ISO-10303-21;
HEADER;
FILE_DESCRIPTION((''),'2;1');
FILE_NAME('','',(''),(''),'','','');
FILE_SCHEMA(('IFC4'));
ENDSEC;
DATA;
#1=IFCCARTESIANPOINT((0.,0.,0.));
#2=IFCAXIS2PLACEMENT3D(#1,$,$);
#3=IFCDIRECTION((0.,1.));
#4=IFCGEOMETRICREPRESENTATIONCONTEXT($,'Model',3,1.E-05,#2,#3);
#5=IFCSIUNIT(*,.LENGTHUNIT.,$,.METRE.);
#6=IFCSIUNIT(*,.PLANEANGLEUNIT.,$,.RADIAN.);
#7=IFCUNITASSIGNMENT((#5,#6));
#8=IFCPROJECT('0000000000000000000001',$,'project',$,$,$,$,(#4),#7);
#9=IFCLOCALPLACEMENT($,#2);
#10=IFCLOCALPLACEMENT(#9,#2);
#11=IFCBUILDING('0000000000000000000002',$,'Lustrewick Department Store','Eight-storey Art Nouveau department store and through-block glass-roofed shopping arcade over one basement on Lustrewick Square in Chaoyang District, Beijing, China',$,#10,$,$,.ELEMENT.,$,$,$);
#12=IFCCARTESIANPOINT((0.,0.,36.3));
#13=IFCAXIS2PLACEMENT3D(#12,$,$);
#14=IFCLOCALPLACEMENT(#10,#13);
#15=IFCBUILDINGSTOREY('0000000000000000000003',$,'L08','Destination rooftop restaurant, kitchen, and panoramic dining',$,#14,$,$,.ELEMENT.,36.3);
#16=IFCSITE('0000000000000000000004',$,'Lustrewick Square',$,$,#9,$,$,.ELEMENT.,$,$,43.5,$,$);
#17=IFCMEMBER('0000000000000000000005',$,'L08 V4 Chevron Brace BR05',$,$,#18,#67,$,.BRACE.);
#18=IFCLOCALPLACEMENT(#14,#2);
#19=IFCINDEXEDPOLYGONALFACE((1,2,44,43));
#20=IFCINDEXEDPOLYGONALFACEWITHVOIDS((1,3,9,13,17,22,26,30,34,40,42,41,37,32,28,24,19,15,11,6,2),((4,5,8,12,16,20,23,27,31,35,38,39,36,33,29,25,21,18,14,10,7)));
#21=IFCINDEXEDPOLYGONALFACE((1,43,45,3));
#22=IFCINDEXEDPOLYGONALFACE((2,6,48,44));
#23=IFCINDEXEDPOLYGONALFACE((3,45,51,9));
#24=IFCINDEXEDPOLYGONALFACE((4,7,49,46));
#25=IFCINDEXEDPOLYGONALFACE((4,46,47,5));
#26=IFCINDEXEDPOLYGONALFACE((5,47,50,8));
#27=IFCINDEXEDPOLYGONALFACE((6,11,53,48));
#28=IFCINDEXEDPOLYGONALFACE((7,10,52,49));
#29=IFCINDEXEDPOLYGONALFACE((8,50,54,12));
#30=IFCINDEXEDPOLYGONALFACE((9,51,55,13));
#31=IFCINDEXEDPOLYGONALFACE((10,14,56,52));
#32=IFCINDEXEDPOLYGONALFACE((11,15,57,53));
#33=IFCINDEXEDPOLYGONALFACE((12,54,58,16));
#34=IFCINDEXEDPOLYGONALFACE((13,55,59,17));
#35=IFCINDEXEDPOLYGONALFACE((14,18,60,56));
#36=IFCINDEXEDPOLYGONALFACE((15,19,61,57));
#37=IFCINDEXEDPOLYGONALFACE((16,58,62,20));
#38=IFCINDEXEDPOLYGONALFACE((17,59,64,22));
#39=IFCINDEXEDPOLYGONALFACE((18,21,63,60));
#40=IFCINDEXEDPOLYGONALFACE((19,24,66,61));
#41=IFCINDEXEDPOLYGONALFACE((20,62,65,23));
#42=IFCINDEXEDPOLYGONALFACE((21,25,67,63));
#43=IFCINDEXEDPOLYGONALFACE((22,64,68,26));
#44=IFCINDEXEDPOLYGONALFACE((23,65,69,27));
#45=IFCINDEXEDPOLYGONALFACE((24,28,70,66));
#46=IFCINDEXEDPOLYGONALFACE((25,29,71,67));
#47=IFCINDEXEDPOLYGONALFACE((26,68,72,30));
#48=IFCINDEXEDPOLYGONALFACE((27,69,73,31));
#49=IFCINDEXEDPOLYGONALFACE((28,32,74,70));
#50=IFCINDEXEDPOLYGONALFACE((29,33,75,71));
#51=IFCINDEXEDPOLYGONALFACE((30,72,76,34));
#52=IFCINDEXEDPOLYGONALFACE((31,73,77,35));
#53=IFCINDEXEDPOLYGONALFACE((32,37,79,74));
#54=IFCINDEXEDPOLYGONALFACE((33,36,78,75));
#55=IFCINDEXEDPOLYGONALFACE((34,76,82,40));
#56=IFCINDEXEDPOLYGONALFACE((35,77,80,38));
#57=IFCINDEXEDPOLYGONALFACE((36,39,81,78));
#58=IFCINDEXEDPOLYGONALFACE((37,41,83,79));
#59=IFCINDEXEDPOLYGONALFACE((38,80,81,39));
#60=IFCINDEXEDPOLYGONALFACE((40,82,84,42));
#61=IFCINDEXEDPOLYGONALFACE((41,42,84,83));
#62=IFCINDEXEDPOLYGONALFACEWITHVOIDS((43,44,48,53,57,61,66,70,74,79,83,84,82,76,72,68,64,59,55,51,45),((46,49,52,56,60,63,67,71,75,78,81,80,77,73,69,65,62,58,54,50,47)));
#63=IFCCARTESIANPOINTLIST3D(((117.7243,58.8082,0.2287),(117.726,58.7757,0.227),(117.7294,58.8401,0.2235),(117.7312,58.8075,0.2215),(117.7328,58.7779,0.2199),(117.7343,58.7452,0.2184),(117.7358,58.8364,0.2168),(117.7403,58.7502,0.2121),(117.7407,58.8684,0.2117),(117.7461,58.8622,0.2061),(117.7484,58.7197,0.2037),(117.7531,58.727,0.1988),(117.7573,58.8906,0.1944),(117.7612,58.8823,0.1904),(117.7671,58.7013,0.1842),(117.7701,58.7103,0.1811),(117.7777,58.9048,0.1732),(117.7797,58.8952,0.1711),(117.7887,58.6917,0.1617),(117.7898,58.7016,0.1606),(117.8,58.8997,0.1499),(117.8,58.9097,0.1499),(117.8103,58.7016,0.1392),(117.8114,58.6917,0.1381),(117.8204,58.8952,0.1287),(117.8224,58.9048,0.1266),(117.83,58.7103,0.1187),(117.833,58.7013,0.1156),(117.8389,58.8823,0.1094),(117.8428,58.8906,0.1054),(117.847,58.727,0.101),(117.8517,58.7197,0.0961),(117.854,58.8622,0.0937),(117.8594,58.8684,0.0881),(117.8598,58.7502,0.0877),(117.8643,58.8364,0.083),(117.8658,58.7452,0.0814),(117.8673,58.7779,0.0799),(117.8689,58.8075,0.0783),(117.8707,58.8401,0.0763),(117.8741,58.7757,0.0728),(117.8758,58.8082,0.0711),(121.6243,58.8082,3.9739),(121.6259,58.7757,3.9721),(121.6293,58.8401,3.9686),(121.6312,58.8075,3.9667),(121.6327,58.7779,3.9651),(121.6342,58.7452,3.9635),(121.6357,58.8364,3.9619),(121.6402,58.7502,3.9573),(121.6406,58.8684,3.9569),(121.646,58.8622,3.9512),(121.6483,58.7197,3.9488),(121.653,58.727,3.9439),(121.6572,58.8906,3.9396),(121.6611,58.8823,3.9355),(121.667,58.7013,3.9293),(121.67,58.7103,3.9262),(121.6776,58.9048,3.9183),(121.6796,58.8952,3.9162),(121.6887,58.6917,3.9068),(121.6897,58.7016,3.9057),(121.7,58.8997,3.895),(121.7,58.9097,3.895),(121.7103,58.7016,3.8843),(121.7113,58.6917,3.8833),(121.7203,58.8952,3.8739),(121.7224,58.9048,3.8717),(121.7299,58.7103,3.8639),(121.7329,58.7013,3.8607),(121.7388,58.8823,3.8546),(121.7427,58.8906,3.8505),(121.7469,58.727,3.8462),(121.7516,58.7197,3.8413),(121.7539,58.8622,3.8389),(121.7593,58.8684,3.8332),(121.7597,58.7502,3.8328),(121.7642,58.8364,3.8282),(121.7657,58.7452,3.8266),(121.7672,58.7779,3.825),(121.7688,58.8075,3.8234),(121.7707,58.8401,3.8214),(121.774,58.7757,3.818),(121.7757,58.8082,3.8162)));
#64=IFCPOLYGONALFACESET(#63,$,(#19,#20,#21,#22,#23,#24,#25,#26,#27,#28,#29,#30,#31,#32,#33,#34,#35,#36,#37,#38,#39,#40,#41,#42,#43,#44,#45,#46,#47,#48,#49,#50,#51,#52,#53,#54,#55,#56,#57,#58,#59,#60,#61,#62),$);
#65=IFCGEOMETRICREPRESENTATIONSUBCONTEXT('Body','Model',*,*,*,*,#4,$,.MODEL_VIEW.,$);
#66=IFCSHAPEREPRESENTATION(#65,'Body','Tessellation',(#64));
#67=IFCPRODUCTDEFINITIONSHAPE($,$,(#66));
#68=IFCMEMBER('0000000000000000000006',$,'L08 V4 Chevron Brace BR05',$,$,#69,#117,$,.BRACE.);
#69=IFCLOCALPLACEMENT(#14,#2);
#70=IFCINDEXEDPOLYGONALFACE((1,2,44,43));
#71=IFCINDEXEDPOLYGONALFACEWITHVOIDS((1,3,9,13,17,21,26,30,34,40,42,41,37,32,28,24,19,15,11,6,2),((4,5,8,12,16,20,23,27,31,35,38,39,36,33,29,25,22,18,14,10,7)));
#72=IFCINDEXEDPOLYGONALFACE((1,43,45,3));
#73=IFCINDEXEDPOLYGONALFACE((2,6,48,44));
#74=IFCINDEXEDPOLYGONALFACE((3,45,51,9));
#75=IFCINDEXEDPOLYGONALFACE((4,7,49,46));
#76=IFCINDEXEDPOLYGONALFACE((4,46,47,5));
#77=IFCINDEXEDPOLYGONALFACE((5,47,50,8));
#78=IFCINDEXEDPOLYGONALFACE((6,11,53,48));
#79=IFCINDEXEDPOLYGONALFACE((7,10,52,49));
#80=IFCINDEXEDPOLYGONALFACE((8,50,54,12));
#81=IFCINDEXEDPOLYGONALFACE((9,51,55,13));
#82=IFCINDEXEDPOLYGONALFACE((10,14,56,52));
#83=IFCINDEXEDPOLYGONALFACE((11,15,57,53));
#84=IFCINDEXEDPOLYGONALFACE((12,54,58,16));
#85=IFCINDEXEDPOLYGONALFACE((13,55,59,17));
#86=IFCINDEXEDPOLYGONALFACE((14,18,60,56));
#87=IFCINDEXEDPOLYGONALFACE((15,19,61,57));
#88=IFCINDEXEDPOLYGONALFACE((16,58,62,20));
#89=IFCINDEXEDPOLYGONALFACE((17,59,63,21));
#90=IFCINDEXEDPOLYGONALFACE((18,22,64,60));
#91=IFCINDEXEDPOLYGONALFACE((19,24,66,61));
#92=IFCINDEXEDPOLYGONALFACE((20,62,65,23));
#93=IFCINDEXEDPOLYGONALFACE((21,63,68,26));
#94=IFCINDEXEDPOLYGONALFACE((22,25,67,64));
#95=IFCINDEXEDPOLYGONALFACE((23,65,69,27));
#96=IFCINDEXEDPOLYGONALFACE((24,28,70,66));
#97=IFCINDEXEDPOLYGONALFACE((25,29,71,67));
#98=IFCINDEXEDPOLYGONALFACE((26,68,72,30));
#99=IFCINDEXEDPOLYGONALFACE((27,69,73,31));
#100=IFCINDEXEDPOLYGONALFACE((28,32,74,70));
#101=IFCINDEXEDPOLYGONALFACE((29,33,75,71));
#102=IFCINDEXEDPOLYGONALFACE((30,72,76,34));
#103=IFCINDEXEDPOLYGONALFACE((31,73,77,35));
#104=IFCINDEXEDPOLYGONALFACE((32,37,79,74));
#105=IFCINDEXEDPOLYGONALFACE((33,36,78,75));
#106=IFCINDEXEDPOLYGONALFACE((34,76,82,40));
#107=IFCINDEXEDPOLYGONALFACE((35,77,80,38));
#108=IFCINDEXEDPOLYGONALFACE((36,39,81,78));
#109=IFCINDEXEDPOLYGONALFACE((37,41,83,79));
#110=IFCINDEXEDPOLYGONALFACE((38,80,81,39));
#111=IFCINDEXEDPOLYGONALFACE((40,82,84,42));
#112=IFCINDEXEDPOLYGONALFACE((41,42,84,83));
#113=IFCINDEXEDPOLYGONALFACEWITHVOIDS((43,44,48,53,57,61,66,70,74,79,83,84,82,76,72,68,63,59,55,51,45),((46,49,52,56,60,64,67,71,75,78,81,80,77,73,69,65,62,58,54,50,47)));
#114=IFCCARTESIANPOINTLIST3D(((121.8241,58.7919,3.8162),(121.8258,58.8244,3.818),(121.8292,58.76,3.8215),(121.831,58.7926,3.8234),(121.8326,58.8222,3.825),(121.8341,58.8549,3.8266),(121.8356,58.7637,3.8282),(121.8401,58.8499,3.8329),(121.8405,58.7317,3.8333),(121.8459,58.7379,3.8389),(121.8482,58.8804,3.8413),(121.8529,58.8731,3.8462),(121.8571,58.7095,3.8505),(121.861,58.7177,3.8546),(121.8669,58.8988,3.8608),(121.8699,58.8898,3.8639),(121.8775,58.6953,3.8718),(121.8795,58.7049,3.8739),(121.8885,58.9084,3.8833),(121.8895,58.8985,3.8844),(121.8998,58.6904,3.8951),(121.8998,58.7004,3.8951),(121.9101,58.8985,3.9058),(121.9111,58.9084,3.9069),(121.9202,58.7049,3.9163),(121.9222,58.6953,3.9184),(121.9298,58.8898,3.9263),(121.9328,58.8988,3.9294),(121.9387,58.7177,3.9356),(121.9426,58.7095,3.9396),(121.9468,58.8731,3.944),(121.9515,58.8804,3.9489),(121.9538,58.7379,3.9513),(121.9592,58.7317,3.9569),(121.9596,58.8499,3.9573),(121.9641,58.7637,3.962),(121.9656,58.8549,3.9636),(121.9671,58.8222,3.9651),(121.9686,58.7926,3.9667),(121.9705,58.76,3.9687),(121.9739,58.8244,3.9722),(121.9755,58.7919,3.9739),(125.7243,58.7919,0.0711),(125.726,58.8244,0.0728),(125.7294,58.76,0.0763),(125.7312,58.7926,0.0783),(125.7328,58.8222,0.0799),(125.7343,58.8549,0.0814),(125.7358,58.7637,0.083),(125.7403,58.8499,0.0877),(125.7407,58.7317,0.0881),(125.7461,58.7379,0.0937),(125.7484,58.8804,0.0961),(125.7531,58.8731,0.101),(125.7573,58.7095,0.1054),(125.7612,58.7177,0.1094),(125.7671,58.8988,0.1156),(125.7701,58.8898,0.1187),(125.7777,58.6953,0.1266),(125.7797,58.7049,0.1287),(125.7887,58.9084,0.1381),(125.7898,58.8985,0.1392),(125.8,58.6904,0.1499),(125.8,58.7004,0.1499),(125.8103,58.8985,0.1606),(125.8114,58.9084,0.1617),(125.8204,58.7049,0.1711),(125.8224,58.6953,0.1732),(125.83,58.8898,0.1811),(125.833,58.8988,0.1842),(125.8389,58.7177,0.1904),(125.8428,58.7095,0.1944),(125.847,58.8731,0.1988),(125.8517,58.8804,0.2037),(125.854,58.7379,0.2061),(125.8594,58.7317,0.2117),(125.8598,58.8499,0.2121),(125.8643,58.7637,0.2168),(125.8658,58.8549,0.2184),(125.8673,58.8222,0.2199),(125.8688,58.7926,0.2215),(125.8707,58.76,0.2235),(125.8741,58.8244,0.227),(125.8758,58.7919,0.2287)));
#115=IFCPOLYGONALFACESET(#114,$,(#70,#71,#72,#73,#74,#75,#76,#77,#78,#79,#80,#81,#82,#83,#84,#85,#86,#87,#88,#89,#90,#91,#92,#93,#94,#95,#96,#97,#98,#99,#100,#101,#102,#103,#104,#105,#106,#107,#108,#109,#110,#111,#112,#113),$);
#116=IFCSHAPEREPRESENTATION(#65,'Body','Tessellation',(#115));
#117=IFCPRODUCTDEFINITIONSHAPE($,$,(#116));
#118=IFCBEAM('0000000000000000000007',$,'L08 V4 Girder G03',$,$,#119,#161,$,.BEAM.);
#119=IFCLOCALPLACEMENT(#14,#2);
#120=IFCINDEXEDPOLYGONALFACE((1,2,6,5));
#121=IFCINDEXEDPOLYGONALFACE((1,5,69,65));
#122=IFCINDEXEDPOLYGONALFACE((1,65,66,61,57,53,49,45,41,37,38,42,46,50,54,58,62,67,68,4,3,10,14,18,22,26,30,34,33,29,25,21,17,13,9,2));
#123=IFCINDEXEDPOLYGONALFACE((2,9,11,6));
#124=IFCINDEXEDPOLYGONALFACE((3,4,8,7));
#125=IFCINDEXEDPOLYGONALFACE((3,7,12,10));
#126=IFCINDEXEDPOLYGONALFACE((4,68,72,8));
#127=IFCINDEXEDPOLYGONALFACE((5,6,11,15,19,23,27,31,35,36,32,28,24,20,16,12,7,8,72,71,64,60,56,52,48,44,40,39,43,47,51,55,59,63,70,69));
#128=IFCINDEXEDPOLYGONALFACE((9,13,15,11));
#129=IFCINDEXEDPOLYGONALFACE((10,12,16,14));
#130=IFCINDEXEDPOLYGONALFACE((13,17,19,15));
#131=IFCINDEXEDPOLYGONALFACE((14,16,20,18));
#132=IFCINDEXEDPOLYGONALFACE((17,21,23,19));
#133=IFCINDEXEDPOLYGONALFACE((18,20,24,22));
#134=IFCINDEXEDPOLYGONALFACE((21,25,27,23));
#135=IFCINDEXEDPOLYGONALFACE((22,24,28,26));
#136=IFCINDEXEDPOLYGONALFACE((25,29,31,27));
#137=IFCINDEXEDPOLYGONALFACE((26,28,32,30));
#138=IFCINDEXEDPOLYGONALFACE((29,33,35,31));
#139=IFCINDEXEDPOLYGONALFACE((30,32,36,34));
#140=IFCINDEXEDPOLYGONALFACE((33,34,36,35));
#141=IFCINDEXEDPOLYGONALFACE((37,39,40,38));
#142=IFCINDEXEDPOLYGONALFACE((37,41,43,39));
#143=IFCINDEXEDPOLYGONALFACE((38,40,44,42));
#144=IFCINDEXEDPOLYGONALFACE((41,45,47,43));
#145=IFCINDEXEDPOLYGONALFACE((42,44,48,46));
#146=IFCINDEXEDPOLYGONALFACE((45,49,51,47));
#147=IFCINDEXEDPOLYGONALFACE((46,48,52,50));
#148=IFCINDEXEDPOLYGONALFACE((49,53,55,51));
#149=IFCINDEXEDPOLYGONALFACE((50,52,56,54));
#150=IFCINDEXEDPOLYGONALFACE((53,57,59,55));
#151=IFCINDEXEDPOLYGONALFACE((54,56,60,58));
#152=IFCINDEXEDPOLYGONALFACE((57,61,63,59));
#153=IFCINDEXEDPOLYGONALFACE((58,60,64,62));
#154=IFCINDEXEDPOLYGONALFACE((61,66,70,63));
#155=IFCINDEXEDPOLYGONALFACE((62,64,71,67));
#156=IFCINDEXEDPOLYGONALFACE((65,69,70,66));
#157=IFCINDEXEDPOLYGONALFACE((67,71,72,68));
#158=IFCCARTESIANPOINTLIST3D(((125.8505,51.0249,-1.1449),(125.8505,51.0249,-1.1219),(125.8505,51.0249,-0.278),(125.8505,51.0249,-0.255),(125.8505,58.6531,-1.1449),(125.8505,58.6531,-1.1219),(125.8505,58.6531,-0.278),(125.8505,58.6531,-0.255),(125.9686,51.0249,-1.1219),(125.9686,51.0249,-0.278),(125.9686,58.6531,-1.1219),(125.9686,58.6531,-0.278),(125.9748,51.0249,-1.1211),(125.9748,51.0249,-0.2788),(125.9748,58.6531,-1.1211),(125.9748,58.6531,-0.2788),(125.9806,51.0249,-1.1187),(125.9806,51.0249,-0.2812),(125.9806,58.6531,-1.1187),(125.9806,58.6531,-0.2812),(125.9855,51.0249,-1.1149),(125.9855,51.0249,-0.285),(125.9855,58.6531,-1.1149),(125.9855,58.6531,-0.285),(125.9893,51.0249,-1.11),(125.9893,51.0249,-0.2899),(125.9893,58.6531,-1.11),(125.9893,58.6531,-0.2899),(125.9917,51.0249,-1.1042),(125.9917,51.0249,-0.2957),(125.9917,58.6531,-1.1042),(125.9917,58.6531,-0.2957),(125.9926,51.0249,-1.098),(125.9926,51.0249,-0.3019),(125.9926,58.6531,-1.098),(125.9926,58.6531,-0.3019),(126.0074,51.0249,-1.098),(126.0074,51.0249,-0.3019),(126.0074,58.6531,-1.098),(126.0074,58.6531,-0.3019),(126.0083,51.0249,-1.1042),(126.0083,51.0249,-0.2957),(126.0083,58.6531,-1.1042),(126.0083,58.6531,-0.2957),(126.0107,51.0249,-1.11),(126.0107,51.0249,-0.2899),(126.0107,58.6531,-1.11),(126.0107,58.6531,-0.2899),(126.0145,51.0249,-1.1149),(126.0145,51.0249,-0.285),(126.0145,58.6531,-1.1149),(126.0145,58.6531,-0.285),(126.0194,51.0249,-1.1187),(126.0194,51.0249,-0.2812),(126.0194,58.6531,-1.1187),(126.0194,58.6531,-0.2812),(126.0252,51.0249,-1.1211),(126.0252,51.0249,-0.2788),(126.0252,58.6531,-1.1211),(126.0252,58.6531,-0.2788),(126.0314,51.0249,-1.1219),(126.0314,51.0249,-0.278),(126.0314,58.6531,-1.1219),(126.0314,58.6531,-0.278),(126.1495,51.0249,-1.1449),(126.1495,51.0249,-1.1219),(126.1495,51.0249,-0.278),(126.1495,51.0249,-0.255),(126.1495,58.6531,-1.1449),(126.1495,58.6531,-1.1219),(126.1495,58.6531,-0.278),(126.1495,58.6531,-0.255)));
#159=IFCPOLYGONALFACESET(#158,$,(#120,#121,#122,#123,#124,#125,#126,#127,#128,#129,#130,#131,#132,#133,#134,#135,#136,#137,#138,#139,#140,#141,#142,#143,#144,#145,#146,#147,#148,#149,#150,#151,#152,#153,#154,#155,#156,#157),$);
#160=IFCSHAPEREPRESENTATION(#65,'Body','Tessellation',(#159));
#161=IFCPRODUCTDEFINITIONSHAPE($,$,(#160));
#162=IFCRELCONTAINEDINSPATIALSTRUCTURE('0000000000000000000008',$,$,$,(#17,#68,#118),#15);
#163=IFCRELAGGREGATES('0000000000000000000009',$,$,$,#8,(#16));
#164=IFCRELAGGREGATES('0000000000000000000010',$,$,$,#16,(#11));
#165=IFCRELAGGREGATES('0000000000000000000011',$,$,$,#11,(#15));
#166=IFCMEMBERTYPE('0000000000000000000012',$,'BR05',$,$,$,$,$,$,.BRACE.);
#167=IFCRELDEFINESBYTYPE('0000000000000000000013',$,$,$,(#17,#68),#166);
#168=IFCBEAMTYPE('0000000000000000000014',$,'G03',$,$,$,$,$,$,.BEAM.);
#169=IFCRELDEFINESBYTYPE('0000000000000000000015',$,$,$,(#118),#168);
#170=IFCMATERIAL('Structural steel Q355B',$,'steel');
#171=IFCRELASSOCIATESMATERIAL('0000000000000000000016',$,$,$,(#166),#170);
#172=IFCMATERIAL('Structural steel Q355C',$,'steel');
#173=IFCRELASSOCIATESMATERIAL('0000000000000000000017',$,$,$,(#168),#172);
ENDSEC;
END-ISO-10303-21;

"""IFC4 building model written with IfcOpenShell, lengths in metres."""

from ifc_helpers import new_model, si_unit, direction, frame, origin, origin_2d, place, context, subcontext, project, spatial, hollow_circle, i_section, extrude, material, material_profile, profile_set, type_object, element, save


model = new_model("IFC4")

# Units and contexts
model_context = context("Model", 3, precision=1e-05, world=origin(), true_north=direction((0.0, 1.0)))
body_context = subcontext(model_context, "Body", "Model", "MODEL_VIEW")
ifc_project = project(units=[si_unit("LENGTHUNIT", "METRE"), si_unit("PLANEANGLEUNIT", "RADIAN")], contexts=[model_context])

# Site, building, storey
site_placement = place(None, origin())
site = spatial("IfcSite", under=ifc_project, at=site_placement, Name="Lustrewick Square", CompositionType="ELEMENT", RefElevation=43.5)
building_placement = place(site_placement, origin())
building = spatial("IfcBuilding", under=site, at=building_placement, Name="Lustrewick Department Store", Description="Eight-storey Art Nouveau department store and through-block glass-roofed shopping arcade over one basement on Lustrewick Square in Chaoyang District, Beijing, China", CompositionType="ELEMENT")
storey_placement = place(building_placement, frame((0.0, 0.0, 36.3)))
storey = spatial("IfcBuildingStorey", under=building, at=storey_placement, Name="L08", Description="Destination rooftop restaurant, kitchen, and panoramic dining", CompositionType="ELEMENT", Elevation=36.3)

# Shared definitions
ifc_material_1 = material(Name="Structural steel Q355B", Category="steel")

# Members
ifc_material_profile_1 = material_profile(ifc_material_1, hollow_circle(Radius=0.1096, WallThickness=0.01, at=origin_2d()), Name="CHS 219x10")
ifc_profile_set_1 = profile_set([ifc_material_profile_1], Name="Structural steel Q355B")
member_type = type_object("IfcMemberType", Name="BR05", PredefinedType="BRACE", material=ifc_profile_set_1)
member_1_placement = place(storey_placement, frame((117.8, 58.8, 0.1499), z_axis=(0.721275, 0.0, 0.692648), x_axis=(0.0, 1.0, 0.0)))
element("IfcMember", 1, at=member_1_placement, inside=storey, type_object=member_type, Name="L08 V4 Chevron Brace BR05", PredefinedType="BRACE", context=body_context, shape_type="SweptSolid", body=[
    extrude(hollow_circle(Radius=0.1096, WallThickness=0.01, at=origin_2d()), origin(), (0.0, 0.0, 1.0), 5.407),
])
member_2_placement = place(storey_placement, frame((125.8, 58.8, 0.1499), z_axis=(-0.721297, 0.0, 0.692626), x_axis=(0.0, -1.0, 0.0)))
element("IfcMember", 2, at=member_2_placement, inside=storey, type_object=member_type, Name="L08 V4 Chevron Brace BR05", PredefinedType="BRACE", context=body_context, shape_type="SweptSolid", body=[
    extrude(hollow_circle(Radius=0.1096, WallThickness=0.01, at=origin_2d()), origin(), (0.0, 0.0, 1.0), 5.4072),
])

# Beam
ifc_material_2 = material(Name="Structural steel Q355C", Category="steel")
ifc_material_profile_2 = material_profile(ifc_material_2, i_section(OverallWidth=0.2991, OverallDepth=0.8899, WebThickness=0.0149, FlangeThickness=0.0229, FilletRadius=0.0239, at=origin_2d()), Name="HN 890x299x15x23")
ifc_profile_set_2 = profile_set([ifc_material_profile_2], Name="Structural steel Q355C")
beam_type_1 = type_object("IfcBeamType", Name="G03", PredefinedType="BEAM", material=ifc_profile_set_2)
beam_1_placement = place(storey_placement, frame((126.0, 51.0249, -0.7), z_axis=(0.0, 1.0, 0.0), x_axis=(-1.0, 0.0, 0.0)))
element("IfcBeam", 3, at=beam_1_placement, inside=storey, type_object=beam_type_1, Name="L08 V4 Girder G03", PredefinedType="BEAM", context=body_context, shape_type="SweptSolid", body=[
    extrude(i_section(OverallWidth=0.2991, OverallDepth=0.8899, WebThickness=0.0149, FlangeThickness=0.0229, FilletRadius=0.0239, at=origin_2d()), origin(), (0.0, 0.0, 1.0), 7.6282),
])

save(model, "model.ifc")
